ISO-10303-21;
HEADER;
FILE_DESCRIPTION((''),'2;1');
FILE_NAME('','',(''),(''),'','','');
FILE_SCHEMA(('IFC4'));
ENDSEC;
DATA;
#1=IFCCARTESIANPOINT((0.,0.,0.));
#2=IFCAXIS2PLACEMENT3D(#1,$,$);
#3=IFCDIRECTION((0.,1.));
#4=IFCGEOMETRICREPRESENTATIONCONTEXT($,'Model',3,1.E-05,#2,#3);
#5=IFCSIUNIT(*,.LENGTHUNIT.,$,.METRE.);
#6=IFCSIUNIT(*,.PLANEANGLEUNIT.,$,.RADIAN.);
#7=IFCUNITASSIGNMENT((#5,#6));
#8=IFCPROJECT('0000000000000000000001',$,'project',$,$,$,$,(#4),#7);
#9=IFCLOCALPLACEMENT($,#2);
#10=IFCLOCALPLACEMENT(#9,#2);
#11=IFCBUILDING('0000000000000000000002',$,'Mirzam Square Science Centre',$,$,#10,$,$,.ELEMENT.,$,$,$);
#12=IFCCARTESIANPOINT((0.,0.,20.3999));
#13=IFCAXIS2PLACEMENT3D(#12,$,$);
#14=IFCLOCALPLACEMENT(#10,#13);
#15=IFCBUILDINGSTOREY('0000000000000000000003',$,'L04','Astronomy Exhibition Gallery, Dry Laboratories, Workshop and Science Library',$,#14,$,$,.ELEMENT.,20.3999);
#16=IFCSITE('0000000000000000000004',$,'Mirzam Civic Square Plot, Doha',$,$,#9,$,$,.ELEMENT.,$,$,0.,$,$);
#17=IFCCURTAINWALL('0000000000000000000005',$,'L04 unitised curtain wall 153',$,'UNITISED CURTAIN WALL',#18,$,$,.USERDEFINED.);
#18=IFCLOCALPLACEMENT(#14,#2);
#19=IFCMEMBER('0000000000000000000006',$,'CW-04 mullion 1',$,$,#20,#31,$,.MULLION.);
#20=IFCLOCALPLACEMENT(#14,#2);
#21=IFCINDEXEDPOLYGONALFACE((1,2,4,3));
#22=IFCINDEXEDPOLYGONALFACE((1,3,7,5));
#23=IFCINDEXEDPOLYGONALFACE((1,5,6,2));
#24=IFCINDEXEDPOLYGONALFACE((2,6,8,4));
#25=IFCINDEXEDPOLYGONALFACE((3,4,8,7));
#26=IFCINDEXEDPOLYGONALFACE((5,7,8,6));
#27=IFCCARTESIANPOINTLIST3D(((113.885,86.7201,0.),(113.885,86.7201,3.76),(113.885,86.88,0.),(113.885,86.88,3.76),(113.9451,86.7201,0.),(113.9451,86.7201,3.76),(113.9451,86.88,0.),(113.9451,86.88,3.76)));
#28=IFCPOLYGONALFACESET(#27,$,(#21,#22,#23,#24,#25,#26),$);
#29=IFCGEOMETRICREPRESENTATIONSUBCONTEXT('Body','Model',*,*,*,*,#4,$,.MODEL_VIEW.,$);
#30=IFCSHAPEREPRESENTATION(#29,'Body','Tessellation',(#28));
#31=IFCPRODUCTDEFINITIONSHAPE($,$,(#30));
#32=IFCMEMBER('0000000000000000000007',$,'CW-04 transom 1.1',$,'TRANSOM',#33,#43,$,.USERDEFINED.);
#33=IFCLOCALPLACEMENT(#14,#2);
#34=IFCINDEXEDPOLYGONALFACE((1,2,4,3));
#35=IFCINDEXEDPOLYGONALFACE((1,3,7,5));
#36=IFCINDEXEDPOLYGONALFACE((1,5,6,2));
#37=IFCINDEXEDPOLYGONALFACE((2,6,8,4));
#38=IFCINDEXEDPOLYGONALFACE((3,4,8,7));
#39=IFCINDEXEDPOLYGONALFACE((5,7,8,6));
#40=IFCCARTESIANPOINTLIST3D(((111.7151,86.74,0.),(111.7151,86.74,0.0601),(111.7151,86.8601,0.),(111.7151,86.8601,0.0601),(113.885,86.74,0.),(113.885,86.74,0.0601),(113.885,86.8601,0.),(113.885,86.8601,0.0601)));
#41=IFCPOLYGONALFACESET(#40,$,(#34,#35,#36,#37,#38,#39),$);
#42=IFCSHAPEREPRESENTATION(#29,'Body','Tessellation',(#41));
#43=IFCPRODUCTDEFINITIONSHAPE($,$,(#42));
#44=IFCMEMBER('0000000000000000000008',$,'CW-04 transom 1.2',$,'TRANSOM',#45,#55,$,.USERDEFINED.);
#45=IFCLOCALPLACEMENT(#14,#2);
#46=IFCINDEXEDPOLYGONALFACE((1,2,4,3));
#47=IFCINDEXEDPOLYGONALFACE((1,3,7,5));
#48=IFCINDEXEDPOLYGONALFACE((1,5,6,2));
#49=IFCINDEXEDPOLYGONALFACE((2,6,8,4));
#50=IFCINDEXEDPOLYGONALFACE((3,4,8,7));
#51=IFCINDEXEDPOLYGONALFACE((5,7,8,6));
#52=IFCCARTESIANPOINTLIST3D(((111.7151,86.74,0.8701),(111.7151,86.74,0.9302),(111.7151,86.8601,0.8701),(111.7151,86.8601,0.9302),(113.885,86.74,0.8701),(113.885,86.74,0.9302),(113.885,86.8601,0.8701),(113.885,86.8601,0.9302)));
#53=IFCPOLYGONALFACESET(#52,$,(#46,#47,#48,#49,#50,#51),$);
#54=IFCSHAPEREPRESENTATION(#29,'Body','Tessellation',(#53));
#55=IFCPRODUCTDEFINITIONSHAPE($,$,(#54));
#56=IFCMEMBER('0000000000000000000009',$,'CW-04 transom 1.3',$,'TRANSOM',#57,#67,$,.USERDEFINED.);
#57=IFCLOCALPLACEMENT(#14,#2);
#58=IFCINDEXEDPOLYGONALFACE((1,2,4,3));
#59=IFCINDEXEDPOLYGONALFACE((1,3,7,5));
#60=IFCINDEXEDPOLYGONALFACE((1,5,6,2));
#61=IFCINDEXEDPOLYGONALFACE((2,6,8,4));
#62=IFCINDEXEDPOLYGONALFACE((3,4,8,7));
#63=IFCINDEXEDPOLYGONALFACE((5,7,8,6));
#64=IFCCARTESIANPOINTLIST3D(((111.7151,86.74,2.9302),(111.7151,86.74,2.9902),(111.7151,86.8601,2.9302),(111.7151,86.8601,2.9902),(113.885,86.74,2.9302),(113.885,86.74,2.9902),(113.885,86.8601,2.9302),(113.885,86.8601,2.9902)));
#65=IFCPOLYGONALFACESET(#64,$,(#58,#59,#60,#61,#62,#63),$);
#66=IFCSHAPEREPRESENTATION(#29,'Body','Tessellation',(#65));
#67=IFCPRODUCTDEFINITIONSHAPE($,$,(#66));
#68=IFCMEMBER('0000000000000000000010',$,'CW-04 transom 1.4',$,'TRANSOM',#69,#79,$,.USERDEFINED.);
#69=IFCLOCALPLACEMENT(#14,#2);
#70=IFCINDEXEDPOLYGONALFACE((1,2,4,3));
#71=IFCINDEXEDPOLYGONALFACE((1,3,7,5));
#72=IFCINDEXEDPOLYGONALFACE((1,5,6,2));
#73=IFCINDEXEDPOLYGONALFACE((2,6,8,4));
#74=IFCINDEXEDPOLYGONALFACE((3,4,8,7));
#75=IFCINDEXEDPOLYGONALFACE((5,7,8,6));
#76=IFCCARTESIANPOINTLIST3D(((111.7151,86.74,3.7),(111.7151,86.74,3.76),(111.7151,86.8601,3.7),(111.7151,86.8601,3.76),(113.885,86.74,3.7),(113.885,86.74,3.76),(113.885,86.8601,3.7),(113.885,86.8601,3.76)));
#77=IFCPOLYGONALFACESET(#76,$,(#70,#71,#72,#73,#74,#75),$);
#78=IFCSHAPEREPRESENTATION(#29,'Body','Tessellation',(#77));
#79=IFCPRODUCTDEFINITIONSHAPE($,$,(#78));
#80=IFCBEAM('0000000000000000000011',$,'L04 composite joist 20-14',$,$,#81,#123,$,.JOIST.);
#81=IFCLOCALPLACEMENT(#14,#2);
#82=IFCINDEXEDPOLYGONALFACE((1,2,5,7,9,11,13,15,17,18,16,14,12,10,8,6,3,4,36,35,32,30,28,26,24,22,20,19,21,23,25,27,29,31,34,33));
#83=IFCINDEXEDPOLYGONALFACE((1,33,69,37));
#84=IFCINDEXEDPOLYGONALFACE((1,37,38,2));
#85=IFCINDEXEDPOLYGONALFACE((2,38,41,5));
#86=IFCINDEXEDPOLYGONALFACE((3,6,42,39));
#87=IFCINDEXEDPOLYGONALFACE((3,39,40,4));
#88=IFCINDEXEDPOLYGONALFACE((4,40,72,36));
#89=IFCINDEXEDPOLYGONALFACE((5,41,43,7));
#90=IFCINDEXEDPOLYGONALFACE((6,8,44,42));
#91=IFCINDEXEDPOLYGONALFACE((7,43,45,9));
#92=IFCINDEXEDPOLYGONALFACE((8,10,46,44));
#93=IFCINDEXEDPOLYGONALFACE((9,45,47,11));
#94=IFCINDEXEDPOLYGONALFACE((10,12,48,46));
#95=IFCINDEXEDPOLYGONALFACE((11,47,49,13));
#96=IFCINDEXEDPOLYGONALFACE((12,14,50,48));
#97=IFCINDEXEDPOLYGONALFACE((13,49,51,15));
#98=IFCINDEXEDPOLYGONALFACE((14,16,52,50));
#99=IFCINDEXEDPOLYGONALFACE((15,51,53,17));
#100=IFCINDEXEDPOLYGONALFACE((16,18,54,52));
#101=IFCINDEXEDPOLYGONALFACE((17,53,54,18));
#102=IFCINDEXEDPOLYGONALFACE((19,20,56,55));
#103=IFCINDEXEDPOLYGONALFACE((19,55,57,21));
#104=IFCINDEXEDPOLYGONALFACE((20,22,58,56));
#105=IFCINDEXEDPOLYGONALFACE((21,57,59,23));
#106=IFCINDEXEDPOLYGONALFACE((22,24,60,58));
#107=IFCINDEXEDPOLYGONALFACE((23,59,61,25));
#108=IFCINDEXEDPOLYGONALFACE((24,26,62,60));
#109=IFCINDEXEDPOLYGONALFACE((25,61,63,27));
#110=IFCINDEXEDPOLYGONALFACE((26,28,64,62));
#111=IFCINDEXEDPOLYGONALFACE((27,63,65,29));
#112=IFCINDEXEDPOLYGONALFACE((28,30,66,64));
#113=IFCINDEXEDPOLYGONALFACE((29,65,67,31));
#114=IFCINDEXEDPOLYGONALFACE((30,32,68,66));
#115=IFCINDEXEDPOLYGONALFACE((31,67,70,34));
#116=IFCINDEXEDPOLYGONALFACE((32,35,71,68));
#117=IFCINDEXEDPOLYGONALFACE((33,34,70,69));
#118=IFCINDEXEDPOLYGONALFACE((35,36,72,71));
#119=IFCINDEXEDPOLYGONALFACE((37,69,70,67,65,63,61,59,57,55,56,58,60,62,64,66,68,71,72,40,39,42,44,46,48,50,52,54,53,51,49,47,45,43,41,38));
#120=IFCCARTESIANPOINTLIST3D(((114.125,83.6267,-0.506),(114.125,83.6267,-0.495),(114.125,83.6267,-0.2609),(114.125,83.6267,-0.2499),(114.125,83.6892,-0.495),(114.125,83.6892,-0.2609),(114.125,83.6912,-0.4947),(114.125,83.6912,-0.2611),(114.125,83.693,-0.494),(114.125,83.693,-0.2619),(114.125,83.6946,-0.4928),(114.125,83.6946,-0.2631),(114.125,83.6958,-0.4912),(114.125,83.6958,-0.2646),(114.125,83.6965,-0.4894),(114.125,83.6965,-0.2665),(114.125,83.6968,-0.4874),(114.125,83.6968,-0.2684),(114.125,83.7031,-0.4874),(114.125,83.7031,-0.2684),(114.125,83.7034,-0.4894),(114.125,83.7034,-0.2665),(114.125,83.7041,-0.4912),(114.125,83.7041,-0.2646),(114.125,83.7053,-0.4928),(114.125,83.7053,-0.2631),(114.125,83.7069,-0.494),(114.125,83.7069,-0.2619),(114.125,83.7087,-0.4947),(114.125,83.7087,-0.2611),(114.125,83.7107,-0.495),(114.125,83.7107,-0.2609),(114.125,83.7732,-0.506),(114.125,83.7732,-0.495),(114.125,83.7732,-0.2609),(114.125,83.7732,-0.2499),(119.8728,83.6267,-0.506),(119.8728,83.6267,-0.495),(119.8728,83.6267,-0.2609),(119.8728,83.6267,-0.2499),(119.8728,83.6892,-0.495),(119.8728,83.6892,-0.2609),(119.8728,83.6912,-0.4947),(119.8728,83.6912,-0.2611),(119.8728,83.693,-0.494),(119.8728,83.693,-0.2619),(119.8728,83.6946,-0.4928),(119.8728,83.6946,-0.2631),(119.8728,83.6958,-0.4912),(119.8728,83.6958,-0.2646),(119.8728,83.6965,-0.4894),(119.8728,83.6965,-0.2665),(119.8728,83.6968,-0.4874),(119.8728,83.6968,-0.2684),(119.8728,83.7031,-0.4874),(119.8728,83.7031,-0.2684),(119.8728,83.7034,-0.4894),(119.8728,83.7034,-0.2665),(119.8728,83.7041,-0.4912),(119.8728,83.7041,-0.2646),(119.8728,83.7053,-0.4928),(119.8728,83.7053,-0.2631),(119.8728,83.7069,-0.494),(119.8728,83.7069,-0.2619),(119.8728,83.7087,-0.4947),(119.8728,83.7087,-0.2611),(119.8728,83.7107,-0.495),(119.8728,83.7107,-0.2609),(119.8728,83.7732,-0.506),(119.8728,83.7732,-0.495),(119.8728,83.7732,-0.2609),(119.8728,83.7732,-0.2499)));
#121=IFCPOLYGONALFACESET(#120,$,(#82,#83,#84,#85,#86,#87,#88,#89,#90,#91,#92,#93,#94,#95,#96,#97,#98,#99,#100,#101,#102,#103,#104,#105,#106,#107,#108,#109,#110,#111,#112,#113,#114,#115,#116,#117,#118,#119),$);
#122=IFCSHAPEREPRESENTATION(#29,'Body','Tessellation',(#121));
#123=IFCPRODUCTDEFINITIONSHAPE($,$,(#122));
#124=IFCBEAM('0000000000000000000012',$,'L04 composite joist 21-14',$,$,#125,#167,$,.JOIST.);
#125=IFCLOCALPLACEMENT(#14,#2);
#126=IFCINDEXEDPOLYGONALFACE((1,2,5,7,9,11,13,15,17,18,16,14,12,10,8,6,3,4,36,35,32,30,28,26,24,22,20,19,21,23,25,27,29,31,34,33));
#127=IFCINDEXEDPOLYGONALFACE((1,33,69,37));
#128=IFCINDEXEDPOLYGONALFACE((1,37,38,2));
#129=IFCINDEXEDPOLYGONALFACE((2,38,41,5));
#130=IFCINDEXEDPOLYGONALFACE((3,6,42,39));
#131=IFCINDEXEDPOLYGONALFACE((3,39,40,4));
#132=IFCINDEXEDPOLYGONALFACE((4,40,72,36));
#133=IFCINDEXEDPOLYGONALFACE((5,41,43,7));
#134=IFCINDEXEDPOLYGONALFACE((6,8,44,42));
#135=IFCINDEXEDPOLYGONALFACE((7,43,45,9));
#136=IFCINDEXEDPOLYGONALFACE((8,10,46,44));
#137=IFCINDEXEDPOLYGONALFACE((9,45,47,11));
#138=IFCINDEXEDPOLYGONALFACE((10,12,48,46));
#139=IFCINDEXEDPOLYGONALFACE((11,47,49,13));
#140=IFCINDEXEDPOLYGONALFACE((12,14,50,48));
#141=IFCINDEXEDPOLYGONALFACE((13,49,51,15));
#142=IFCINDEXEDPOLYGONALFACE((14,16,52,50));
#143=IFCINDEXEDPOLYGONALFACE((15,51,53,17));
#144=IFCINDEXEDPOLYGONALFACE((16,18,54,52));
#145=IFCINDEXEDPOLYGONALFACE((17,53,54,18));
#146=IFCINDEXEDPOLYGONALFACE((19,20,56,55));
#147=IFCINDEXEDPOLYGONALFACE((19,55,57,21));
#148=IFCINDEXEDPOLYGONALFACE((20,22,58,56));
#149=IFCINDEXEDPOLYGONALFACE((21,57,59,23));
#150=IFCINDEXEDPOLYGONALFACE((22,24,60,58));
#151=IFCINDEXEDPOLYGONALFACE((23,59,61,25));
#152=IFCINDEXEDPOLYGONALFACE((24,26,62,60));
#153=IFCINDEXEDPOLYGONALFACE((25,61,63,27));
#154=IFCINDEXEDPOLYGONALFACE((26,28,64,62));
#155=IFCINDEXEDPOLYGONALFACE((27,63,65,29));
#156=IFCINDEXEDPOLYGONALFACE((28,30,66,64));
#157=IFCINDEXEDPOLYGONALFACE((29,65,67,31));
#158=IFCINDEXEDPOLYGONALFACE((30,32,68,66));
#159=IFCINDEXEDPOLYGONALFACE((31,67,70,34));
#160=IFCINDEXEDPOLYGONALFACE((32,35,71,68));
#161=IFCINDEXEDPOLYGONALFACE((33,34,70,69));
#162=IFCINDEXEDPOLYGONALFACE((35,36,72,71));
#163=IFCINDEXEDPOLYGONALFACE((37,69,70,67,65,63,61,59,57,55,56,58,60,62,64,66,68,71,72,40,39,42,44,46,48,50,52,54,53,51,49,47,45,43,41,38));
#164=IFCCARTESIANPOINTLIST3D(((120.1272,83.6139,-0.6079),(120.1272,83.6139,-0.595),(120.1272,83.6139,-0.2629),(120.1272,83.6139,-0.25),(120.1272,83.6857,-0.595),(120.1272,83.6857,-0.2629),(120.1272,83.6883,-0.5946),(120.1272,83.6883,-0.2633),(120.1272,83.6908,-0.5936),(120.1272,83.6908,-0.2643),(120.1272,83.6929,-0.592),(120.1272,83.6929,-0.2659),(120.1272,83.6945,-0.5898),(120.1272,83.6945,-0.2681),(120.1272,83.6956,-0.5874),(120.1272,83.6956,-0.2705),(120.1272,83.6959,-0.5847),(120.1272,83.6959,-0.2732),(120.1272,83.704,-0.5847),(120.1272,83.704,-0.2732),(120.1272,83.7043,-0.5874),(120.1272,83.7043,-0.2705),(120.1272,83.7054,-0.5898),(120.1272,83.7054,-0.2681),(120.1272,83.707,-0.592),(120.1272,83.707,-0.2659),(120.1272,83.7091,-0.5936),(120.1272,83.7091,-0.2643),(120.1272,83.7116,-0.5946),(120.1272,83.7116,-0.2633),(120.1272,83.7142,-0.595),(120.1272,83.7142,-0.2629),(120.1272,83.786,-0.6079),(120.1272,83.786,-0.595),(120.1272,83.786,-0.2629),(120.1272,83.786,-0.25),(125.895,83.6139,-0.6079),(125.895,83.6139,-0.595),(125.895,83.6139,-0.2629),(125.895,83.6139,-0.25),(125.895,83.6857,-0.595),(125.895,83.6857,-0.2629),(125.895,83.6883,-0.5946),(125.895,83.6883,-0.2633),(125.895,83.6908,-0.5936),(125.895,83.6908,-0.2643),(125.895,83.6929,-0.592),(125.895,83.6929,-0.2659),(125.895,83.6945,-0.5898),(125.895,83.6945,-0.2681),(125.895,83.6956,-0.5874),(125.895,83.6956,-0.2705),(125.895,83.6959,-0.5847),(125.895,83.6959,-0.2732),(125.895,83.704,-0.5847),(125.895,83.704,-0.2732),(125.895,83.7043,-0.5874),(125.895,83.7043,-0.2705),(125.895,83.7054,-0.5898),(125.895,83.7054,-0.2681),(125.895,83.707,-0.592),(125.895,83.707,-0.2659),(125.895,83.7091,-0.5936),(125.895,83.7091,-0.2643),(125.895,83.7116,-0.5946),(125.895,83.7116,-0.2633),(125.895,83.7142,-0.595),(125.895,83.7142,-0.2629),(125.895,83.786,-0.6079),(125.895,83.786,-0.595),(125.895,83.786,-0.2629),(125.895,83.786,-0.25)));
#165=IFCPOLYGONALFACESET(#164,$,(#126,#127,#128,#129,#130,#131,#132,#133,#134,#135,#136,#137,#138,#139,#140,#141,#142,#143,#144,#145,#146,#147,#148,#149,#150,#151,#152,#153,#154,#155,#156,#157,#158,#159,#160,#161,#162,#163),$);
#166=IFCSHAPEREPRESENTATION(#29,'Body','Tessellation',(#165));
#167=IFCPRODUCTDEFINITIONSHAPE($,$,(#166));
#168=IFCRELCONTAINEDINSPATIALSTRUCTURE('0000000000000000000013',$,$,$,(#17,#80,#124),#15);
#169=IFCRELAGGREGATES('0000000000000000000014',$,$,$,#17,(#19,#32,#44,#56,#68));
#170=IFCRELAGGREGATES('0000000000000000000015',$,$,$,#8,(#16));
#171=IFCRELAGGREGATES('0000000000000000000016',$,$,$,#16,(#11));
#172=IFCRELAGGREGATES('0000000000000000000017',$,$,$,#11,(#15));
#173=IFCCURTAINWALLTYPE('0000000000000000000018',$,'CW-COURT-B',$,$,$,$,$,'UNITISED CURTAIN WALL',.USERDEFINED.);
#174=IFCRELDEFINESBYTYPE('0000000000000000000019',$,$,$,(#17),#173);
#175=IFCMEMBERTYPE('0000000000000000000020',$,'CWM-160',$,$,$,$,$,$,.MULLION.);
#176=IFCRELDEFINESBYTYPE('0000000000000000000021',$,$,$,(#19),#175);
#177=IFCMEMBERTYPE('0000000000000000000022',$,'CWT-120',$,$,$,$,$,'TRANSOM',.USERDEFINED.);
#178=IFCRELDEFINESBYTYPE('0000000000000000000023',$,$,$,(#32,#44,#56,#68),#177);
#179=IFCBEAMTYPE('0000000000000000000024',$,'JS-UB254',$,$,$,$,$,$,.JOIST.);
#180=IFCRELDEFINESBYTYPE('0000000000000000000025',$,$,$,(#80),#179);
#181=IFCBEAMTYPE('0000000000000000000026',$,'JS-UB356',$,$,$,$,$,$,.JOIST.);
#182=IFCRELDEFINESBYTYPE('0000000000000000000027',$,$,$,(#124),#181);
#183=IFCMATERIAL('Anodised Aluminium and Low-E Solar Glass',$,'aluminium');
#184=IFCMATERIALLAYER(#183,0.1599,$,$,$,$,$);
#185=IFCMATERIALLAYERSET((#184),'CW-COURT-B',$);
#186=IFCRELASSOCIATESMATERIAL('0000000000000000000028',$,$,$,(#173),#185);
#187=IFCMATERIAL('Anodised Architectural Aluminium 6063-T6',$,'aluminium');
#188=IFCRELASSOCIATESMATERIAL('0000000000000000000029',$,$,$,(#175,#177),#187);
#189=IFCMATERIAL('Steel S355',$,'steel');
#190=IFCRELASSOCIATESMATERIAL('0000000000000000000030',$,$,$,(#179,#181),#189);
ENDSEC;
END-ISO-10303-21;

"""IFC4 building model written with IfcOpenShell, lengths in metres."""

from ifc_helpers import new_model, si_unit, direction, frame, origin, origin_2d, place, context, subcontext, project, spatial, rectangle, i_section, extrude, material, layer, layer_set, material_profile, profile_set, type_object, element, aggregate, save


model = new_model("IFC4")

# Units and contexts
model_context = context("Model", 3, precision=1e-05, world=origin(), true_north=direction((0.0, 1.0)))
body_context = subcontext(model_context, "Body", "Model", "MODEL_VIEW")
ifc_project = project(units=[si_unit("LENGTHUNIT", "METRE"), si_unit("PLANEANGLEUNIT", "RADIAN")], contexts=[model_context])

# Site, building, storey
site_placement = place(None, origin())
site = spatial("IfcSite", under=ifc_project, at=site_placement, Name="Mirzam Civic Square Plot, Doha", CompositionType="ELEMENT", RefElevation=0.0)
building_placement = place(site_placement, origin())
building = spatial("IfcBuilding", under=site, at=building_placement, Name="Mirzam Square Science Centre", CompositionType="ELEMENT")
storey_placement = place(building_placement, frame((0.0, 0.0, 20.3999)))
storey = spatial("IfcBuildingStorey", under=building, at=storey_placement, Name="L04", Description="Astronomy Exhibition Gallery, Dry Laboratories, Workshop and Science Library", CompositionType="ELEMENT", Elevation=20.3999)

# Shared definitions
ifc_material_1 = material(Name="Steel S355", Category="steel")

# Curtain wall, members
ifc_material_2 = material(Name="Anodised Aluminium and Low-E Solar Glass", Category="aluminium")
ifc_layer_1 = layer(ifc_material_2, 0.1599)
ifc_layer_set_1 = layer_set([ifc_layer_1], Name="CW-COURT-B")
curtain_wall_type = type_object("IfcCurtainWallType", Name="CW-COURT-B", ElementType="UNITISED CURTAIN WALL", PredefinedType="USERDEFINED", material=ifc_layer_set_1)
curtain_wall_placement = place(storey_placement, origin())
curtain_wall = element("IfcCurtainWall", 1, at=curtain_wall_placement, inside=storey, type_object=curtain_wall_type, Name="L04 unitised curtain wall 153", ObjectType="UNITISED CURTAIN WALL", PredefinedType="USERDEFINED")
ifc_material_3 = material(Name="Anodised Architectural Aluminium 6063-T6", Category="aluminium")
ifc_material_profile_1 = material_profile(ifc_material_3, rectangle(XDim=0.0601, YDim=0.1599, at=origin_2d()), Name="ALU-MULL-160x60x4")
ifc_profile_set_1 = profile_set([ifc_material_profile_1], Name="Anodised Architectural Aluminium 6063-T6")
member_type_1 = type_object("IfcMemberType", Name="CWM-160", PredefinedType="MULLION", material=ifc_profile_set_1)
member_1_placement = place(storey_placement, frame((113.915, 86.8, 0.0), z_axis=(0.0, 0.0, 1.0), x_axis=(-1.0, 0.0, 0.0)))
member_1 = element("IfcMember", 2, at=member_1_placement, type_object=member_type_1, Name="CW-04 mullion 1", PredefinedType="MULLION", context=body_context, shape_type="SweptSolid", body=[
    extrude(rectangle(XDim=0.0601, YDim=0.1599, at=origin_2d()), origin(), (0.0, 0.0, 1.0), 3.76),
])
ifc_material_profile_2 = material_profile(ifc_material_3, rectangle(XDim=0.1201, YDim=0.0601, at=origin_2d()), Name="ALU-TRAN-120x60x4")
ifc_profile_set_2 = profile_set([ifc_material_profile_2], Name="Anodised Architectural Aluminium 6063-T6")
member_type_2 = type_object("IfcMemberType", Name="CWT-120", ElementType="TRANSOM", PredefinedType="USERDEFINED", material=ifc_profile_set_2)
member_2_placement = place(storey_placement, frame((113.885, 86.8, 0.03), z_axis=(-1.0, 0.0, 0.0), x_axis=(0.0, -1.0, 0.0)))
member_2 = element("IfcMember", 3, at=member_2_placement, type_object=member_type_2, Name="CW-04 transom 1.1", ObjectType="TRANSOM", PredefinedType="USERDEFINED", context=body_context, shape_type="SweptSolid", body=[
    extrude(rectangle(XDim=0.1201, YDim=0.0601, at=origin_2d()), origin(), (0.0, 0.0, 1.0), 2.1699),
])
member_3_placement = place(storey_placement, frame((113.885, 86.8, 0.9001), z_axis=(-1.0, 0.0, 0.0), x_axis=(0.0, -1.0, 0.0)))
member_3 = element("IfcMember", 4, at=member_3_placement, type_object=member_type_2, Name="CW-04 transom 1.2", ObjectType="TRANSOM", PredefinedType="USERDEFINED", context=body_context, shape_type="SweptSolid", body=[
    extrude(rectangle(XDim=0.1201, YDim=0.0601, at=origin_2d()), origin(), (0.0, 0.0, 1.0), 2.1699),
])
member_4_placement = place(storey_placement, frame((113.885, 86.8, 2.9602), z_axis=(-1.0, 0.0, 0.0), x_axis=(0.0, -1.0, 0.0)))
member_4 = element("IfcMember", 5, at=member_4_placement, type_object=member_type_2, Name="CW-04 transom 1.3", ObjectType="TRANSOM", PredefinedType="USERDEFINED", context=body_context, shape_type="SweptSolid", body=[
    extrude(rectangle(XDim=0.1201, YDim=0.0601, at=origin_2d()), origin(), (0.0, 0.0, 1.0), 2.1699),
])
member_5_placement = place(storey_placement, frame((113.885, 86.8, 3.73), z_axis=(-1.0, 0.0, 0.0), x_axis=(0.0, -1.0, 0.0)))
member_5 = element("IfcMember", 6, at=member_5_placement, type_object=member_type_2, Name="CW-04 transom 1.4", ObjectType="TRANSOM", PredefinedType="USERDEFINED", context=body_context, shape_type="SweptSolid", body=[
    extrude(rectangle(XDim=0.1201, YDim=0.0601, at=origin_2d()), origin(), (0.0, 0.0, 1.0), 2.1699),
])
aggregate(curtain_wall, [member_1, member_2, member_3, member_4, member_5])

# Beams
ifc_material_profile_3 = material_profile(ifc_material_1, i_section(OverallWidth=0.1465, OverallDepth=0.2561, WebThickness=0.0063, FlangeThickness=0.011, FilletRadius=0.0076, at=origin_2d()), Name="254x146x37UB")
ifc_profile_set_3 = profile_set([ifc_material_profile_3], Name="Steel S355")
beam_type_1 = type_object("IfcBeamType", Name="JS-UB254", PredefinedType="JOIST", material=ifc_profile_set_3)
beam_1_placement = place(storey_placement, frame((114.125, 83.7, -0.3779), z_axis=(1.0, 0.0, 0.0), x_axis=(0.0, 1.0, 0.0)))
element("IfcBeam", 7, at=beam_1_placement, inside=storey, type_object=beam_type_1, Name="L04 composite joist 20-14", PredefinedType="JOIST", context=body_context, shape_type="SweptSolid", body=[
    extrude(i_section(OverallWidth=0.1465, OverallDepth=0.2561, WebThickness=0.0063, FlangeThickness=0.011, FilletRadius=0.0076, at=origin_2d()), origin(), (0.0, 0.0, 1.0), 5.7478),
])
ifc_material_profile_4 = material_profile(ifc_material_1, i_section(OverallWidth=0.1721, OverallDepth=0.3579, WebThickness=0.0081, FlangeThickness=0.0129, FilletRadius=0.0103, at=origin_2d()), Name="356x171x57UB")
ifc_profile_set_4 = profile_set([ifc_material_profile_4], Name="Steel S355")
beam_type_2 = type_object("IfcBeamType", Name="JS-UB356", PredefinedType="JOIST", material=ifc_profile_set_4)
beam_2_placement = place(storey_placement, frame((120.1272, 83.7, -0.429), z_axis=(1.0, 0.0, 0.0), x_axis=(0.0, 1.0, 0.0)))
element("IfcBeam", 8, at=beam_2_placement, inside=storey, type_object=beam_type_2, Name="L04 composite joist 21-14", PredefinedType="JOIST", context=body_context, shape_type="SweptSolid", body=[
    extrude(i_section(OverallWidth=0.1721, OverallDepth=0.3579, WebThickness=0.0081, FlangeThickness=0.0129, FilletRadius=0.0103, at=origin_2d()), origin(), (0.0, 0.0, 1.0), 5.7678),
])

save(model, "model.ifc")
